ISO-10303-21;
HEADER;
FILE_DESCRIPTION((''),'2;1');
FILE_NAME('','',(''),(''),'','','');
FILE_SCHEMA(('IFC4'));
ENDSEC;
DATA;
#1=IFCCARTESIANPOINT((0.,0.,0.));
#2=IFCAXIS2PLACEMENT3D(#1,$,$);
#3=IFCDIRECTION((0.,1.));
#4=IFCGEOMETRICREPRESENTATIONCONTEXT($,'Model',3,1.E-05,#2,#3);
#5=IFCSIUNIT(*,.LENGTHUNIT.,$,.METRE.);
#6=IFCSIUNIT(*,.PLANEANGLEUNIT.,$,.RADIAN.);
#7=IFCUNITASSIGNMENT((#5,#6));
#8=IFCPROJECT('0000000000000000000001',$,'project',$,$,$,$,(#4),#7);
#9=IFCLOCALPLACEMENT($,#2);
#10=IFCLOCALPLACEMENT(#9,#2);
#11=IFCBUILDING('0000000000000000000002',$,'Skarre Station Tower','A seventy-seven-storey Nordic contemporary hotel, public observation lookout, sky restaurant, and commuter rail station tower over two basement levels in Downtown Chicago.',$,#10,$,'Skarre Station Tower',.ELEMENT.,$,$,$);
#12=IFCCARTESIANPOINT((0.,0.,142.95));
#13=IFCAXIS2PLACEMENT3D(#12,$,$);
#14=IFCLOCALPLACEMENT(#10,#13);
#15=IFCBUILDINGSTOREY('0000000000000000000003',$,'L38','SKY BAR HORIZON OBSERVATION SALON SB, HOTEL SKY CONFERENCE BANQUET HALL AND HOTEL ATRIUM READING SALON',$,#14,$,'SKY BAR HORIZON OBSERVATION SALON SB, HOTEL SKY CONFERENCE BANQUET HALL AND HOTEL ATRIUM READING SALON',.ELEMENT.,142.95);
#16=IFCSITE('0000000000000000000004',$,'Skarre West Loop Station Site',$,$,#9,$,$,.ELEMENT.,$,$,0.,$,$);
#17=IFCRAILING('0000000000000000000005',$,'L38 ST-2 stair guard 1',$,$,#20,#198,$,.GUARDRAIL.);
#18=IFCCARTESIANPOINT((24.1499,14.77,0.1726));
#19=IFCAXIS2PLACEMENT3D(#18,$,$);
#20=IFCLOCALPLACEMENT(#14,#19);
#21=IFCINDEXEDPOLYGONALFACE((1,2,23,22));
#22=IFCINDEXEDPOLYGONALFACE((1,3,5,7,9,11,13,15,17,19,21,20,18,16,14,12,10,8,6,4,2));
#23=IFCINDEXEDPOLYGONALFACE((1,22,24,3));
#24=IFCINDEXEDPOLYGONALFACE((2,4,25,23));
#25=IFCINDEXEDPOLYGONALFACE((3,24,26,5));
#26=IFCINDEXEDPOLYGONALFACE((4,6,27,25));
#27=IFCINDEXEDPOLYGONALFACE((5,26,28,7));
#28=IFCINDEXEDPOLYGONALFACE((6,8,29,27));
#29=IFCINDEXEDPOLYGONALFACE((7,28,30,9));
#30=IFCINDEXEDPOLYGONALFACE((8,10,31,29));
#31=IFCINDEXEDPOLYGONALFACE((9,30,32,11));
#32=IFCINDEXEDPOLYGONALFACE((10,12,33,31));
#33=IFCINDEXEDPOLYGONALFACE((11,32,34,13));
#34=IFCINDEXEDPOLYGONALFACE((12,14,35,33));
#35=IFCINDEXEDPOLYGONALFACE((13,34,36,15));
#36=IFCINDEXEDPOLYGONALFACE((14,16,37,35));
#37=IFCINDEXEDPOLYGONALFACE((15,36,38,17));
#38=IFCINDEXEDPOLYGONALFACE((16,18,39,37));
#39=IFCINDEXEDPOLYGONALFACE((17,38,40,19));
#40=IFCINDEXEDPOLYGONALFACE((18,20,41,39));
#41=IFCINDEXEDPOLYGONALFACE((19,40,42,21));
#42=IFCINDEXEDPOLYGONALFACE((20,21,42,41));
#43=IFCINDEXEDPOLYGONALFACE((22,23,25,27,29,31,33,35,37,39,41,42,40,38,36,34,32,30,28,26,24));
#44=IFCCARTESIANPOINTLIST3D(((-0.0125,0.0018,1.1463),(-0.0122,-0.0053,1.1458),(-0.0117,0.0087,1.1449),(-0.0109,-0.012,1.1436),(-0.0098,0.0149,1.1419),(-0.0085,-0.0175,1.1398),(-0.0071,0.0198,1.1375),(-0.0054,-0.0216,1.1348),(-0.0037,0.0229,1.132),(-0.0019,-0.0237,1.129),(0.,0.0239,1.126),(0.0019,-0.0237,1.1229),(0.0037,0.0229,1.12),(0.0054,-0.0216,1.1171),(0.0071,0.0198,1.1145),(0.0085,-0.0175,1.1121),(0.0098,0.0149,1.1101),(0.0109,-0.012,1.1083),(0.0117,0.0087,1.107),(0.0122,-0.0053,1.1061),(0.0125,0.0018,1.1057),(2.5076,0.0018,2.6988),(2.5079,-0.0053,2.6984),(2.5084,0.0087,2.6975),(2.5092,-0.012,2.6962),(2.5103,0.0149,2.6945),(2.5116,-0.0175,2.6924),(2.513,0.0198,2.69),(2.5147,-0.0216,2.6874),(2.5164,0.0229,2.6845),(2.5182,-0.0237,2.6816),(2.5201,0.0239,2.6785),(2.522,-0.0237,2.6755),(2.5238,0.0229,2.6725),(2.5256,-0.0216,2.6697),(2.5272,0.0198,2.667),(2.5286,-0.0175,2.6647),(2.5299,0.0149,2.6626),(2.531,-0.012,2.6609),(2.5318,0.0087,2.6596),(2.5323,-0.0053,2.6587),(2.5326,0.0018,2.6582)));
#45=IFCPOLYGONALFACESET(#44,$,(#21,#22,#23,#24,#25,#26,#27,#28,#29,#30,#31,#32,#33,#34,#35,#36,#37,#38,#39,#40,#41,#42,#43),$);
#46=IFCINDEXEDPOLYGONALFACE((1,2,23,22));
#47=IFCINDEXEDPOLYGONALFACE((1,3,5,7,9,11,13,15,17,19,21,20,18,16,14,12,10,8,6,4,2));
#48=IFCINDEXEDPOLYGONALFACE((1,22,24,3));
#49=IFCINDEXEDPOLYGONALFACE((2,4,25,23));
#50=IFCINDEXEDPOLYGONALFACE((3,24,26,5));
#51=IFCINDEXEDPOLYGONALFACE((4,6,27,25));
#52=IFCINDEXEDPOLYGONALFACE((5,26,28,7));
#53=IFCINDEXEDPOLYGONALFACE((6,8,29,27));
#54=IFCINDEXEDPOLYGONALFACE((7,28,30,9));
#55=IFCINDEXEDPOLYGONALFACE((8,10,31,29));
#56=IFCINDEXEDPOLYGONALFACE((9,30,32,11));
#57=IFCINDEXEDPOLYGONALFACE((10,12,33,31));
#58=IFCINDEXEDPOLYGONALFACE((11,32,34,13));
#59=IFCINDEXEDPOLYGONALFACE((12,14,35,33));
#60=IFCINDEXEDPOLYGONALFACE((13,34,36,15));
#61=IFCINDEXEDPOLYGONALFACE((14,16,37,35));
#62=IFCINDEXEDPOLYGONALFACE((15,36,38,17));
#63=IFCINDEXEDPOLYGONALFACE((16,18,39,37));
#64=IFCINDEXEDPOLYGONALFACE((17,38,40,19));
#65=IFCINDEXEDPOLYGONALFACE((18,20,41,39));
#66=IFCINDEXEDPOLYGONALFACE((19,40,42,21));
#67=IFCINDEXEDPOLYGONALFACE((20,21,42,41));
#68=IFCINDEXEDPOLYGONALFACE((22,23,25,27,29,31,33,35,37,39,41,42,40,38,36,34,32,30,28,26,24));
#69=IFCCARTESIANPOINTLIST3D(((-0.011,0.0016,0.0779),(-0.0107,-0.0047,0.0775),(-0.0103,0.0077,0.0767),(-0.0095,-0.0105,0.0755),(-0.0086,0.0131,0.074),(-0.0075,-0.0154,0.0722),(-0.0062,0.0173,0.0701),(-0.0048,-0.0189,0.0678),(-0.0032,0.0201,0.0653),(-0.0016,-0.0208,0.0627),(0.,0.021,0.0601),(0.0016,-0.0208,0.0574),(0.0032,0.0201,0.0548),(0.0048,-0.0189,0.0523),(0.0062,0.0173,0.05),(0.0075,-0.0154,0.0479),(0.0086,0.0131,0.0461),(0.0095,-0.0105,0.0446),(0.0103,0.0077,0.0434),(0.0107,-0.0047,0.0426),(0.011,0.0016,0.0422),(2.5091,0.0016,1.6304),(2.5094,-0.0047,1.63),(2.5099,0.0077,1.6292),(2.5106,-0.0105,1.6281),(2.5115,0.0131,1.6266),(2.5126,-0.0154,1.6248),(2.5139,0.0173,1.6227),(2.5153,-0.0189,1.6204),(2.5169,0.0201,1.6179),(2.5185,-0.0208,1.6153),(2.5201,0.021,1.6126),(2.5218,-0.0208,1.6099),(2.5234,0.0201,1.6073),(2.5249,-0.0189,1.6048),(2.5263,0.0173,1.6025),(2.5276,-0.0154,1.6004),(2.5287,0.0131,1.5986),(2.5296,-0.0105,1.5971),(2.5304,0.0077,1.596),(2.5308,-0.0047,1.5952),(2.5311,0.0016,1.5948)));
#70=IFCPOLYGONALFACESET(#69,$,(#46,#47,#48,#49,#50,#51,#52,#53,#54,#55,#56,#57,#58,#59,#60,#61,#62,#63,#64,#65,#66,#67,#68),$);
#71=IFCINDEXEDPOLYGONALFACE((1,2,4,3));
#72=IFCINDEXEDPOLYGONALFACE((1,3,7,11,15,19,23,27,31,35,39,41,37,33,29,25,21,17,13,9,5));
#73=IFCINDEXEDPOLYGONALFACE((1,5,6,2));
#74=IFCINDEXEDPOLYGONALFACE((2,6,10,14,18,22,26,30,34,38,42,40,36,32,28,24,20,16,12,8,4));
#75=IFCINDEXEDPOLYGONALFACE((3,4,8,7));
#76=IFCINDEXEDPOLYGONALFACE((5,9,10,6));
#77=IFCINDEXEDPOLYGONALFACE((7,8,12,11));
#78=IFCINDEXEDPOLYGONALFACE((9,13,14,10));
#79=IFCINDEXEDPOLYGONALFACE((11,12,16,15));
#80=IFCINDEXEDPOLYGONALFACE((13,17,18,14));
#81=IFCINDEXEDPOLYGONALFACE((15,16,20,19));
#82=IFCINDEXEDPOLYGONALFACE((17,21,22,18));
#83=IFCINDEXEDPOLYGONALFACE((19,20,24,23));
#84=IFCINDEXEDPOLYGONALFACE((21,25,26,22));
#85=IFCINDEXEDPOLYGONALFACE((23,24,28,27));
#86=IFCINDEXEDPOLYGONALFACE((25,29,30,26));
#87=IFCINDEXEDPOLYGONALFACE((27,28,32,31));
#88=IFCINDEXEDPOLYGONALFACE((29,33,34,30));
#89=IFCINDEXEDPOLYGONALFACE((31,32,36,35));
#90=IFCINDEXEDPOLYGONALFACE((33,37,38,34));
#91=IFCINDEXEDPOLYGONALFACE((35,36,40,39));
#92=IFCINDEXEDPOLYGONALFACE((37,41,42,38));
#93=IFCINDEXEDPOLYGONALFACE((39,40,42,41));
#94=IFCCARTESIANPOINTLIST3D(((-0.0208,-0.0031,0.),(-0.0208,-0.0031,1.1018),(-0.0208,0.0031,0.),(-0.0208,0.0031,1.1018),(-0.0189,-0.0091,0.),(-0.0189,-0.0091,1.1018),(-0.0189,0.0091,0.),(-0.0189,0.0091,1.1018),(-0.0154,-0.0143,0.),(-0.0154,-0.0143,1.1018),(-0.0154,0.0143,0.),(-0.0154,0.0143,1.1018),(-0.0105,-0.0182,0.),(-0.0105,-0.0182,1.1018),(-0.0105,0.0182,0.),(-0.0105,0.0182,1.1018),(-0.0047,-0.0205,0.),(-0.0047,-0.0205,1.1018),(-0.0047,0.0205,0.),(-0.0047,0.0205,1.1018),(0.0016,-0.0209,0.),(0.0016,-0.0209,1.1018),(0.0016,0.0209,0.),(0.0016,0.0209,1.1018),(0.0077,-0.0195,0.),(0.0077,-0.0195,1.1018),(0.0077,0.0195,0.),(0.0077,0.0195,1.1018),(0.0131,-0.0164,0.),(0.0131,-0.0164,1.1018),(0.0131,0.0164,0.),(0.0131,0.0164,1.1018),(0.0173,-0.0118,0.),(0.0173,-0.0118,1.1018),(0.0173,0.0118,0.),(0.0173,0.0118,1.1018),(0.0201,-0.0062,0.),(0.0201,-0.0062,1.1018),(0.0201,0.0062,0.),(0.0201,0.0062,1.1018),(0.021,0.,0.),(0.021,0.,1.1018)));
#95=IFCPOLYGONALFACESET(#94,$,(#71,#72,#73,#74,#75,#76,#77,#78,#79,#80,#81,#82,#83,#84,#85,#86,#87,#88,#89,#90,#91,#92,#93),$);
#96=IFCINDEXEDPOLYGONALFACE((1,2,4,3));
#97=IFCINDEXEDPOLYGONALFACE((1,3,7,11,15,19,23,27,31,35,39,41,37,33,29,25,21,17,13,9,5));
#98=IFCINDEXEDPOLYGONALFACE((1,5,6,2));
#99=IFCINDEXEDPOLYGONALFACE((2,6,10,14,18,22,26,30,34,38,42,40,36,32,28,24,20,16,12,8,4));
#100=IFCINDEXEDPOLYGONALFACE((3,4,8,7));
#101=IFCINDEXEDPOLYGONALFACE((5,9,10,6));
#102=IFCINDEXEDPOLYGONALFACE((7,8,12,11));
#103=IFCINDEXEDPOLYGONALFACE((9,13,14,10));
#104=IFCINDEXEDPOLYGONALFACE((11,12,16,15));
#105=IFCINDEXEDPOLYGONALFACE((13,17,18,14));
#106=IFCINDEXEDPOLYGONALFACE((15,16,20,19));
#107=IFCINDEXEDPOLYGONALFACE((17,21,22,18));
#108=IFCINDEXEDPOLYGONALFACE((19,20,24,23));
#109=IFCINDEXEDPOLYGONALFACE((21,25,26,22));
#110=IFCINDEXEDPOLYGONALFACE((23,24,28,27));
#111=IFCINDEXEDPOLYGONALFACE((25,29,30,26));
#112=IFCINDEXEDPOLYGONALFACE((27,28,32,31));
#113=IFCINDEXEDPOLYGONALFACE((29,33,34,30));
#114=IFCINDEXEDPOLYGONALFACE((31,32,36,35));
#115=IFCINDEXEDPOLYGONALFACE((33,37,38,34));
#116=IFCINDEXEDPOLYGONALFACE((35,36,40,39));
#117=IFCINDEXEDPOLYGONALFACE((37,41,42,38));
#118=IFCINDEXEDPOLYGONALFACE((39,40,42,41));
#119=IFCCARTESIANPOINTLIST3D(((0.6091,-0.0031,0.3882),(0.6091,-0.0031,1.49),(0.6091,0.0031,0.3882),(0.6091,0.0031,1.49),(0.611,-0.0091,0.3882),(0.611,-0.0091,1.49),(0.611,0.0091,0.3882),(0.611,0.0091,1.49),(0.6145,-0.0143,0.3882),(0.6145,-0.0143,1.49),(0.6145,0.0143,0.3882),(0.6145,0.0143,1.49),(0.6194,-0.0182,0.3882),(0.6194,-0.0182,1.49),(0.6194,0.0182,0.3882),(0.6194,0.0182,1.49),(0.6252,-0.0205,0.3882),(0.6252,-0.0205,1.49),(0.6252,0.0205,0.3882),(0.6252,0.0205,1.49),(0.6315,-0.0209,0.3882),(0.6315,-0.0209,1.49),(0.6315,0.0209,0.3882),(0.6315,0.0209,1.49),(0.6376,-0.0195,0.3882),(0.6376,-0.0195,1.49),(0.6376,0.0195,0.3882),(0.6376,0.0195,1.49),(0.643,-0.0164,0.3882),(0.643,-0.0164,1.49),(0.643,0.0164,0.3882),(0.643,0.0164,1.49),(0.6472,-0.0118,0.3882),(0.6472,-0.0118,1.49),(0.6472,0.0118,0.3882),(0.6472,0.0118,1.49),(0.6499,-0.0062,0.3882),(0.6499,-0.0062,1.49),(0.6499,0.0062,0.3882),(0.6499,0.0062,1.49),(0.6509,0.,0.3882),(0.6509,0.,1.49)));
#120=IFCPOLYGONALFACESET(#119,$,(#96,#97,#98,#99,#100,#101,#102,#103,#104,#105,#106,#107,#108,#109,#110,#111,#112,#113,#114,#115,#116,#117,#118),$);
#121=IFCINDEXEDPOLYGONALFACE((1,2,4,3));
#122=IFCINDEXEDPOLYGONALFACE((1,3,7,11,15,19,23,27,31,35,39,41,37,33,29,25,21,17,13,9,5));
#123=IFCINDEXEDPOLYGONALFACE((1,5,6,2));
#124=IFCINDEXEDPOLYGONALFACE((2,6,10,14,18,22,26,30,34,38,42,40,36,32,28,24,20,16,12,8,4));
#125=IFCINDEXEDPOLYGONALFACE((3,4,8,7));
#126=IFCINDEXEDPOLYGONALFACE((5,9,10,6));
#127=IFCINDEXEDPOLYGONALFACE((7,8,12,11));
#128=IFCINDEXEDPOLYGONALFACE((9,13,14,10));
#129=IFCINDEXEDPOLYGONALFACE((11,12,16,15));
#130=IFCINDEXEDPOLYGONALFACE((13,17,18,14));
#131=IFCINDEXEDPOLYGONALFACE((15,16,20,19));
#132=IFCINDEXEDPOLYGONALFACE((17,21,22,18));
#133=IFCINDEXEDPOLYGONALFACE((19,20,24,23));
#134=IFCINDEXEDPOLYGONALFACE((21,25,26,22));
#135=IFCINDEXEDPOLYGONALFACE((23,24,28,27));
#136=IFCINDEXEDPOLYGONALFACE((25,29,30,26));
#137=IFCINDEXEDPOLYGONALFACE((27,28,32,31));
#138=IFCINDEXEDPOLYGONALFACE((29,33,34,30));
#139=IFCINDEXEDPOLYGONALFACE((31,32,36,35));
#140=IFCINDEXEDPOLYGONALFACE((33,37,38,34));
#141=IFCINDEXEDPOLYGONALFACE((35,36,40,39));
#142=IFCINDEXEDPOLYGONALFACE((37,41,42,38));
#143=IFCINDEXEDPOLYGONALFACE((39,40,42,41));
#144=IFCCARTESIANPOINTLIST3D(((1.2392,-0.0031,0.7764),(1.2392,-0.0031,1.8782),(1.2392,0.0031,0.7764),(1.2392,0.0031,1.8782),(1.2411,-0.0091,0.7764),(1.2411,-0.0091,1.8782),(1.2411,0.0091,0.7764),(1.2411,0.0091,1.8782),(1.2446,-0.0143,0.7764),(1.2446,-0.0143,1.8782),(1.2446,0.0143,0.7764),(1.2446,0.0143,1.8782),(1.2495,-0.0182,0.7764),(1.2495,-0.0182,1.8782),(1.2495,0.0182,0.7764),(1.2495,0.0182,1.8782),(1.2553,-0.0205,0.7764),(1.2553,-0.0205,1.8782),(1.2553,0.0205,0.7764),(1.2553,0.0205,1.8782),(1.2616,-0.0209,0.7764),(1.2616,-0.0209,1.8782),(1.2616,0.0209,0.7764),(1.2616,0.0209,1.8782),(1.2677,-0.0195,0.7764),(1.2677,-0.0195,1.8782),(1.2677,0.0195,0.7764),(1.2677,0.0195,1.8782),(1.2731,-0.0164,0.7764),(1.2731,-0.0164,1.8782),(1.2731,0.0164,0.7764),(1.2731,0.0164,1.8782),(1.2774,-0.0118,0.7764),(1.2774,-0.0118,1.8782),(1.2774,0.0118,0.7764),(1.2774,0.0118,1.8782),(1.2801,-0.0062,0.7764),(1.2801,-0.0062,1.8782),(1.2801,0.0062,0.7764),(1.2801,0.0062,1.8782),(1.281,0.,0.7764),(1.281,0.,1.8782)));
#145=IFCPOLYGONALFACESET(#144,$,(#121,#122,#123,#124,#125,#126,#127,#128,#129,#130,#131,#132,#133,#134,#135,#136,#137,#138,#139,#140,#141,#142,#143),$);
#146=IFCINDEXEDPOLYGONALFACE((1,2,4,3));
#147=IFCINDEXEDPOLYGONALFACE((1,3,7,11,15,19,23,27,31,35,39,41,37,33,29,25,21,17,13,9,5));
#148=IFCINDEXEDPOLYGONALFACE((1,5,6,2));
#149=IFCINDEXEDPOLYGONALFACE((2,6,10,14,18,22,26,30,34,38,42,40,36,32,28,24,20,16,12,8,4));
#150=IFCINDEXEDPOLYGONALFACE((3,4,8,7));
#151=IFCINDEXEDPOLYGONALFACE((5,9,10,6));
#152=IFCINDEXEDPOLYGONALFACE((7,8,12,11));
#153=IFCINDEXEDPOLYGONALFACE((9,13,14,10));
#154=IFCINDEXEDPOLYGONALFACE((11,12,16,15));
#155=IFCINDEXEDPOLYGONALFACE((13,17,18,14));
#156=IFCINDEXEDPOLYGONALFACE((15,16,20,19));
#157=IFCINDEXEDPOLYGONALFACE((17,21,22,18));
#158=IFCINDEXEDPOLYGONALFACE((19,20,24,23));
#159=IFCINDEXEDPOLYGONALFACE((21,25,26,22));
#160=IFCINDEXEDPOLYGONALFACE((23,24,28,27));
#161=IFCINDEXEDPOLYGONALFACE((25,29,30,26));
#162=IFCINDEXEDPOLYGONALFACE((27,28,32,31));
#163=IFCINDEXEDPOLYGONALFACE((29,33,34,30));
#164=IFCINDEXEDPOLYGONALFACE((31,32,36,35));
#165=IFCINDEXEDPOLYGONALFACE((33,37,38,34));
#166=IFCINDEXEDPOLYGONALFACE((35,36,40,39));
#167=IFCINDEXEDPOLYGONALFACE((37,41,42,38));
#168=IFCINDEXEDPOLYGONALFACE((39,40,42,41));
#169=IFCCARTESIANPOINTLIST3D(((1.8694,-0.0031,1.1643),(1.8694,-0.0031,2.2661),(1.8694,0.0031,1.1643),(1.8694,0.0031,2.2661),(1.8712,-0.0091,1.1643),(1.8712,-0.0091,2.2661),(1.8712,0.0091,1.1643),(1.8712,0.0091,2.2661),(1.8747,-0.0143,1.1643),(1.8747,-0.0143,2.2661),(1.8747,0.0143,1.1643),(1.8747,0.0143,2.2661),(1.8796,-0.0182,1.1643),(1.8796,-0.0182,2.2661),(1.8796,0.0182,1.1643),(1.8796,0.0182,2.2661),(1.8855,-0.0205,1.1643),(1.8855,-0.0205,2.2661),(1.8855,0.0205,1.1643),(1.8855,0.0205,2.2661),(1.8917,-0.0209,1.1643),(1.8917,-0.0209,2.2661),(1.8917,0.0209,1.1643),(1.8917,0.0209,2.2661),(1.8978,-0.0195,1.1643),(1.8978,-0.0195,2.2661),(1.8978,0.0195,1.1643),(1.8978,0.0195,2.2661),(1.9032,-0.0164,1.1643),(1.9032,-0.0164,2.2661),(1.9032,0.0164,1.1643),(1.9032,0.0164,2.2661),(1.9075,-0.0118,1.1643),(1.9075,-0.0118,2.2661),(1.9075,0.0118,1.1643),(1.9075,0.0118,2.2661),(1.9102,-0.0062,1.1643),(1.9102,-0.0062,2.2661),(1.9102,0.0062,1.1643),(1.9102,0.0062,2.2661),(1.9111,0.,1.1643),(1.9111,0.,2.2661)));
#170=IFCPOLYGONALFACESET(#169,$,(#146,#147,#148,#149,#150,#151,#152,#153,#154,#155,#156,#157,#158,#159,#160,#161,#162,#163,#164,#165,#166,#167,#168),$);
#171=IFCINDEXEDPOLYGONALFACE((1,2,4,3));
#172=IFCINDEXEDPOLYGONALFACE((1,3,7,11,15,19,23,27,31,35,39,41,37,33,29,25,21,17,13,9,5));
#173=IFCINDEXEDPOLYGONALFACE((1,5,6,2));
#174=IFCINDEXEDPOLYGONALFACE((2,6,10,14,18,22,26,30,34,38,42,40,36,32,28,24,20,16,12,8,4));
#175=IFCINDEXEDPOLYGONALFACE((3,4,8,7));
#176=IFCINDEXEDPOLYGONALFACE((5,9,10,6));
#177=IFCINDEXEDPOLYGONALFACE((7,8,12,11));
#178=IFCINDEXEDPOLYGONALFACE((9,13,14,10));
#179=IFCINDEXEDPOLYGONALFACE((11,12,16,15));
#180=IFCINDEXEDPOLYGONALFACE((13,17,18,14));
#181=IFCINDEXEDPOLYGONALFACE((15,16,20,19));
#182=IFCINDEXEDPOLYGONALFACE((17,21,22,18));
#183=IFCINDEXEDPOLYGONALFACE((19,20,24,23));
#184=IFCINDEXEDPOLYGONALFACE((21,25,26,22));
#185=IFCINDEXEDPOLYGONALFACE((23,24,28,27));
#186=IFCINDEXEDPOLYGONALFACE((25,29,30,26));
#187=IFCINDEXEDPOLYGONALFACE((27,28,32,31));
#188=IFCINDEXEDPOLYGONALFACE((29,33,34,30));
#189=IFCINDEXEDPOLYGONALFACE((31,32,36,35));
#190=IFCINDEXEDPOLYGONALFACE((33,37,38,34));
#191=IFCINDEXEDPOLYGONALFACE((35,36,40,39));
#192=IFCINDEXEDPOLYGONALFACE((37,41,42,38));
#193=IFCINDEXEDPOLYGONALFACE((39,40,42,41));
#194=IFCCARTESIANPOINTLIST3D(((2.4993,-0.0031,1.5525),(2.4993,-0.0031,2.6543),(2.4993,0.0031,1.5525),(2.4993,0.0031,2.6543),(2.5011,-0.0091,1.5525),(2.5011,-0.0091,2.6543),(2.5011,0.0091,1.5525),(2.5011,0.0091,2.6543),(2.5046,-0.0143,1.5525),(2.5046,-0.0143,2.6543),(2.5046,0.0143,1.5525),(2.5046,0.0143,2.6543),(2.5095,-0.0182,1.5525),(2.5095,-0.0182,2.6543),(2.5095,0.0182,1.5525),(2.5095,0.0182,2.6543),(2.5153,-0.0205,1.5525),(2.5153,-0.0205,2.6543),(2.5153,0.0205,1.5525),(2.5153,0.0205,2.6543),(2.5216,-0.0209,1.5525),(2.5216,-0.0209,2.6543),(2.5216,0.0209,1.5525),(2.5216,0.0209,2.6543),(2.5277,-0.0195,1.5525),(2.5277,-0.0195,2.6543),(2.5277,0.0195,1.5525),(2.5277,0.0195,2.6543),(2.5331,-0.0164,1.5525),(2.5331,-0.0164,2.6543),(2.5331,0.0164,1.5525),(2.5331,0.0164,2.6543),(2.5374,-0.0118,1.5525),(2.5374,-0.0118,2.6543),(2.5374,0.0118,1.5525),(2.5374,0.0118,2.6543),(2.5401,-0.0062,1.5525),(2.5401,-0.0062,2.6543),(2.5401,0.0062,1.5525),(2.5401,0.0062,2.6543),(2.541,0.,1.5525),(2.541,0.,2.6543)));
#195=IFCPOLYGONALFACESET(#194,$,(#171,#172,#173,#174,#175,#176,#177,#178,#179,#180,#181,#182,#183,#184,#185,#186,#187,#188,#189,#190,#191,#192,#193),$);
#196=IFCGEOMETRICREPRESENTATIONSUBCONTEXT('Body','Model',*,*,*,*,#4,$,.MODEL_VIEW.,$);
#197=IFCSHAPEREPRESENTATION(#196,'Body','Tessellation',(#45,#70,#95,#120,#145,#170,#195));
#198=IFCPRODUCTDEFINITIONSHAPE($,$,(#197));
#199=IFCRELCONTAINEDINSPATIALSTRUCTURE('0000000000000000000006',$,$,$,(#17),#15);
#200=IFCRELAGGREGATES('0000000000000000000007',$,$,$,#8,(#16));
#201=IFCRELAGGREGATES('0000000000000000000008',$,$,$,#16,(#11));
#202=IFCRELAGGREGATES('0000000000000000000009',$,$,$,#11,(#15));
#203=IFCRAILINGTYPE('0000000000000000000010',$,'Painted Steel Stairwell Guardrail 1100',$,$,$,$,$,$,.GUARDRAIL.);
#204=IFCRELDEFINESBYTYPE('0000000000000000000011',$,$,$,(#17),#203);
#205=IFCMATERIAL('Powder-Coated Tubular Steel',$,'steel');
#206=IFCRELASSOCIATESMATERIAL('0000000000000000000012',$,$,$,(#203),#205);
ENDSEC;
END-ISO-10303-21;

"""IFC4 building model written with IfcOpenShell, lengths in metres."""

from ifc_helpers import new_model, si_unit, direction, frame, origin, origin_2d, place, context, subcontext, project, spatial, circle, extrude, material, type_object, element, save


model = new_model("IFC4")

# Units and contexts
model_context = context("Model", 3, precision=1e-05, world=origin(), true_north=direction((0.0, 1.0)))
body_context = subcontext(model_context, "Body", "Model", "MODEL_VIEW")
ifc_project = project(units=[si_unit("LENGTHUNIT", "METRE"), si_unit("PLANEANGLEUNIT", "RADIAN")], contexts=[model_context])

# Site, building, storey
site_placement = place(None, origin())
site = spatial("IfcSite", under=ifc_project, at=site_placement, Name="Skarre West Loop Station Site", CompositionType="ELEMENT", RefElevation=0.0)
building_placement = place(site_placement, origin())
building = spatial("IfcBuilding", under=site, at=building_placement, Name="Skarre Station Tower", Description="A seventy-seven-storey Nordic contemporary hotel, public observation lookout, sky restaurant, and commuter rail station tower over two basement levels in Downtown Chicago.", LongName="Skarre Station Tower", CompositionType="ELEMENT")
storey_placement = place(building_placement, frame((0.0, 0.0, 142.95)))
storey = spatial("IfcBuildingStorey", under=building, at=storey_placement, Name="L38", Description="SKY BAR HORIZON OBSERVATION SALON SB, HOTEL SKY CONFERENCE BANQUET HALL AND HOTEL ATRIUM READING SALON", LongName="SKY BAR HORIZON OBSERVATION SALON SB, HOTEL SKY CONFERENCE BANQUET HALL AND HOTEL ATRIUM READING SALON", CompositionType="ELEMENT", Elevation=142.95)

# Railing
ifc_material_1 = material(Name="Powder-Coated Tubular Steel", Category="steel")
railing_type_1 = type_object("IfcRailingType", Name="Painted Steel Stairwell Guardrail 1100", PredefinedType="GUARDRAIL", material=ifc_material_1)
railing_1_placement = place(storey_placement, frame((24.1499, 14.77, 0.1726)))
element("IfcRailing", 1, at=railing_1_placement, inside=storey, type_object=railing_type_1, Name="L38 ST-2 stair guard 1", PredefinedType="GUARDRAIL", context=body_context, shape_type="SweptSolid", body=[
    extrude(circle(Radius=0.0239, at=origin_2d()), frame((0.0, 0.0, 1.126), z_axis=(0.8514, 0.0, 0.524516), x_axis=(0.0, 1.0, 0.0)), (0.0, 0.0, 1.0), 2.96),
    extrude(circle(Radius=0.021, at=origin_2d()), frame((0.0, 0.0, 0.0601), z_axis=(0.8514, 0.0, 0.524516), x_axis=(0.0, 1.0, 0.0)), (0.0, 0.0, 1.0), 2.96),
    extrude(circle(Radius=0.021, at=origin_2d()), origin(), (0.0, 0.0, 1.0), 1.1018),
    extrude(circle(Radius=0.021, at=origin_2d()), frame((0.6299, 0.0, 0.3882)), (0.0, 0.0, 1.0), 1.1018),
    extrude(circle(Radius=0.021, at=origin_2d()), frame((1.26, 0.0, 0.7764)), (0.0, 0.0, 1.0), 1.1018),
    extrude(circle(Radius=0.021, at=origin_2d()), frame((1.8901, 0.0, 1.1643)), (0.0, 0.0, 1.0), 1.1018),
    extrude(circle(Radius=0.021, at=origin_2d()), frame((2.52, 0.0, 1.5525)), (0.0, 0.0, 1.0), 1.1018),
])

save(model, "model.ifc")
